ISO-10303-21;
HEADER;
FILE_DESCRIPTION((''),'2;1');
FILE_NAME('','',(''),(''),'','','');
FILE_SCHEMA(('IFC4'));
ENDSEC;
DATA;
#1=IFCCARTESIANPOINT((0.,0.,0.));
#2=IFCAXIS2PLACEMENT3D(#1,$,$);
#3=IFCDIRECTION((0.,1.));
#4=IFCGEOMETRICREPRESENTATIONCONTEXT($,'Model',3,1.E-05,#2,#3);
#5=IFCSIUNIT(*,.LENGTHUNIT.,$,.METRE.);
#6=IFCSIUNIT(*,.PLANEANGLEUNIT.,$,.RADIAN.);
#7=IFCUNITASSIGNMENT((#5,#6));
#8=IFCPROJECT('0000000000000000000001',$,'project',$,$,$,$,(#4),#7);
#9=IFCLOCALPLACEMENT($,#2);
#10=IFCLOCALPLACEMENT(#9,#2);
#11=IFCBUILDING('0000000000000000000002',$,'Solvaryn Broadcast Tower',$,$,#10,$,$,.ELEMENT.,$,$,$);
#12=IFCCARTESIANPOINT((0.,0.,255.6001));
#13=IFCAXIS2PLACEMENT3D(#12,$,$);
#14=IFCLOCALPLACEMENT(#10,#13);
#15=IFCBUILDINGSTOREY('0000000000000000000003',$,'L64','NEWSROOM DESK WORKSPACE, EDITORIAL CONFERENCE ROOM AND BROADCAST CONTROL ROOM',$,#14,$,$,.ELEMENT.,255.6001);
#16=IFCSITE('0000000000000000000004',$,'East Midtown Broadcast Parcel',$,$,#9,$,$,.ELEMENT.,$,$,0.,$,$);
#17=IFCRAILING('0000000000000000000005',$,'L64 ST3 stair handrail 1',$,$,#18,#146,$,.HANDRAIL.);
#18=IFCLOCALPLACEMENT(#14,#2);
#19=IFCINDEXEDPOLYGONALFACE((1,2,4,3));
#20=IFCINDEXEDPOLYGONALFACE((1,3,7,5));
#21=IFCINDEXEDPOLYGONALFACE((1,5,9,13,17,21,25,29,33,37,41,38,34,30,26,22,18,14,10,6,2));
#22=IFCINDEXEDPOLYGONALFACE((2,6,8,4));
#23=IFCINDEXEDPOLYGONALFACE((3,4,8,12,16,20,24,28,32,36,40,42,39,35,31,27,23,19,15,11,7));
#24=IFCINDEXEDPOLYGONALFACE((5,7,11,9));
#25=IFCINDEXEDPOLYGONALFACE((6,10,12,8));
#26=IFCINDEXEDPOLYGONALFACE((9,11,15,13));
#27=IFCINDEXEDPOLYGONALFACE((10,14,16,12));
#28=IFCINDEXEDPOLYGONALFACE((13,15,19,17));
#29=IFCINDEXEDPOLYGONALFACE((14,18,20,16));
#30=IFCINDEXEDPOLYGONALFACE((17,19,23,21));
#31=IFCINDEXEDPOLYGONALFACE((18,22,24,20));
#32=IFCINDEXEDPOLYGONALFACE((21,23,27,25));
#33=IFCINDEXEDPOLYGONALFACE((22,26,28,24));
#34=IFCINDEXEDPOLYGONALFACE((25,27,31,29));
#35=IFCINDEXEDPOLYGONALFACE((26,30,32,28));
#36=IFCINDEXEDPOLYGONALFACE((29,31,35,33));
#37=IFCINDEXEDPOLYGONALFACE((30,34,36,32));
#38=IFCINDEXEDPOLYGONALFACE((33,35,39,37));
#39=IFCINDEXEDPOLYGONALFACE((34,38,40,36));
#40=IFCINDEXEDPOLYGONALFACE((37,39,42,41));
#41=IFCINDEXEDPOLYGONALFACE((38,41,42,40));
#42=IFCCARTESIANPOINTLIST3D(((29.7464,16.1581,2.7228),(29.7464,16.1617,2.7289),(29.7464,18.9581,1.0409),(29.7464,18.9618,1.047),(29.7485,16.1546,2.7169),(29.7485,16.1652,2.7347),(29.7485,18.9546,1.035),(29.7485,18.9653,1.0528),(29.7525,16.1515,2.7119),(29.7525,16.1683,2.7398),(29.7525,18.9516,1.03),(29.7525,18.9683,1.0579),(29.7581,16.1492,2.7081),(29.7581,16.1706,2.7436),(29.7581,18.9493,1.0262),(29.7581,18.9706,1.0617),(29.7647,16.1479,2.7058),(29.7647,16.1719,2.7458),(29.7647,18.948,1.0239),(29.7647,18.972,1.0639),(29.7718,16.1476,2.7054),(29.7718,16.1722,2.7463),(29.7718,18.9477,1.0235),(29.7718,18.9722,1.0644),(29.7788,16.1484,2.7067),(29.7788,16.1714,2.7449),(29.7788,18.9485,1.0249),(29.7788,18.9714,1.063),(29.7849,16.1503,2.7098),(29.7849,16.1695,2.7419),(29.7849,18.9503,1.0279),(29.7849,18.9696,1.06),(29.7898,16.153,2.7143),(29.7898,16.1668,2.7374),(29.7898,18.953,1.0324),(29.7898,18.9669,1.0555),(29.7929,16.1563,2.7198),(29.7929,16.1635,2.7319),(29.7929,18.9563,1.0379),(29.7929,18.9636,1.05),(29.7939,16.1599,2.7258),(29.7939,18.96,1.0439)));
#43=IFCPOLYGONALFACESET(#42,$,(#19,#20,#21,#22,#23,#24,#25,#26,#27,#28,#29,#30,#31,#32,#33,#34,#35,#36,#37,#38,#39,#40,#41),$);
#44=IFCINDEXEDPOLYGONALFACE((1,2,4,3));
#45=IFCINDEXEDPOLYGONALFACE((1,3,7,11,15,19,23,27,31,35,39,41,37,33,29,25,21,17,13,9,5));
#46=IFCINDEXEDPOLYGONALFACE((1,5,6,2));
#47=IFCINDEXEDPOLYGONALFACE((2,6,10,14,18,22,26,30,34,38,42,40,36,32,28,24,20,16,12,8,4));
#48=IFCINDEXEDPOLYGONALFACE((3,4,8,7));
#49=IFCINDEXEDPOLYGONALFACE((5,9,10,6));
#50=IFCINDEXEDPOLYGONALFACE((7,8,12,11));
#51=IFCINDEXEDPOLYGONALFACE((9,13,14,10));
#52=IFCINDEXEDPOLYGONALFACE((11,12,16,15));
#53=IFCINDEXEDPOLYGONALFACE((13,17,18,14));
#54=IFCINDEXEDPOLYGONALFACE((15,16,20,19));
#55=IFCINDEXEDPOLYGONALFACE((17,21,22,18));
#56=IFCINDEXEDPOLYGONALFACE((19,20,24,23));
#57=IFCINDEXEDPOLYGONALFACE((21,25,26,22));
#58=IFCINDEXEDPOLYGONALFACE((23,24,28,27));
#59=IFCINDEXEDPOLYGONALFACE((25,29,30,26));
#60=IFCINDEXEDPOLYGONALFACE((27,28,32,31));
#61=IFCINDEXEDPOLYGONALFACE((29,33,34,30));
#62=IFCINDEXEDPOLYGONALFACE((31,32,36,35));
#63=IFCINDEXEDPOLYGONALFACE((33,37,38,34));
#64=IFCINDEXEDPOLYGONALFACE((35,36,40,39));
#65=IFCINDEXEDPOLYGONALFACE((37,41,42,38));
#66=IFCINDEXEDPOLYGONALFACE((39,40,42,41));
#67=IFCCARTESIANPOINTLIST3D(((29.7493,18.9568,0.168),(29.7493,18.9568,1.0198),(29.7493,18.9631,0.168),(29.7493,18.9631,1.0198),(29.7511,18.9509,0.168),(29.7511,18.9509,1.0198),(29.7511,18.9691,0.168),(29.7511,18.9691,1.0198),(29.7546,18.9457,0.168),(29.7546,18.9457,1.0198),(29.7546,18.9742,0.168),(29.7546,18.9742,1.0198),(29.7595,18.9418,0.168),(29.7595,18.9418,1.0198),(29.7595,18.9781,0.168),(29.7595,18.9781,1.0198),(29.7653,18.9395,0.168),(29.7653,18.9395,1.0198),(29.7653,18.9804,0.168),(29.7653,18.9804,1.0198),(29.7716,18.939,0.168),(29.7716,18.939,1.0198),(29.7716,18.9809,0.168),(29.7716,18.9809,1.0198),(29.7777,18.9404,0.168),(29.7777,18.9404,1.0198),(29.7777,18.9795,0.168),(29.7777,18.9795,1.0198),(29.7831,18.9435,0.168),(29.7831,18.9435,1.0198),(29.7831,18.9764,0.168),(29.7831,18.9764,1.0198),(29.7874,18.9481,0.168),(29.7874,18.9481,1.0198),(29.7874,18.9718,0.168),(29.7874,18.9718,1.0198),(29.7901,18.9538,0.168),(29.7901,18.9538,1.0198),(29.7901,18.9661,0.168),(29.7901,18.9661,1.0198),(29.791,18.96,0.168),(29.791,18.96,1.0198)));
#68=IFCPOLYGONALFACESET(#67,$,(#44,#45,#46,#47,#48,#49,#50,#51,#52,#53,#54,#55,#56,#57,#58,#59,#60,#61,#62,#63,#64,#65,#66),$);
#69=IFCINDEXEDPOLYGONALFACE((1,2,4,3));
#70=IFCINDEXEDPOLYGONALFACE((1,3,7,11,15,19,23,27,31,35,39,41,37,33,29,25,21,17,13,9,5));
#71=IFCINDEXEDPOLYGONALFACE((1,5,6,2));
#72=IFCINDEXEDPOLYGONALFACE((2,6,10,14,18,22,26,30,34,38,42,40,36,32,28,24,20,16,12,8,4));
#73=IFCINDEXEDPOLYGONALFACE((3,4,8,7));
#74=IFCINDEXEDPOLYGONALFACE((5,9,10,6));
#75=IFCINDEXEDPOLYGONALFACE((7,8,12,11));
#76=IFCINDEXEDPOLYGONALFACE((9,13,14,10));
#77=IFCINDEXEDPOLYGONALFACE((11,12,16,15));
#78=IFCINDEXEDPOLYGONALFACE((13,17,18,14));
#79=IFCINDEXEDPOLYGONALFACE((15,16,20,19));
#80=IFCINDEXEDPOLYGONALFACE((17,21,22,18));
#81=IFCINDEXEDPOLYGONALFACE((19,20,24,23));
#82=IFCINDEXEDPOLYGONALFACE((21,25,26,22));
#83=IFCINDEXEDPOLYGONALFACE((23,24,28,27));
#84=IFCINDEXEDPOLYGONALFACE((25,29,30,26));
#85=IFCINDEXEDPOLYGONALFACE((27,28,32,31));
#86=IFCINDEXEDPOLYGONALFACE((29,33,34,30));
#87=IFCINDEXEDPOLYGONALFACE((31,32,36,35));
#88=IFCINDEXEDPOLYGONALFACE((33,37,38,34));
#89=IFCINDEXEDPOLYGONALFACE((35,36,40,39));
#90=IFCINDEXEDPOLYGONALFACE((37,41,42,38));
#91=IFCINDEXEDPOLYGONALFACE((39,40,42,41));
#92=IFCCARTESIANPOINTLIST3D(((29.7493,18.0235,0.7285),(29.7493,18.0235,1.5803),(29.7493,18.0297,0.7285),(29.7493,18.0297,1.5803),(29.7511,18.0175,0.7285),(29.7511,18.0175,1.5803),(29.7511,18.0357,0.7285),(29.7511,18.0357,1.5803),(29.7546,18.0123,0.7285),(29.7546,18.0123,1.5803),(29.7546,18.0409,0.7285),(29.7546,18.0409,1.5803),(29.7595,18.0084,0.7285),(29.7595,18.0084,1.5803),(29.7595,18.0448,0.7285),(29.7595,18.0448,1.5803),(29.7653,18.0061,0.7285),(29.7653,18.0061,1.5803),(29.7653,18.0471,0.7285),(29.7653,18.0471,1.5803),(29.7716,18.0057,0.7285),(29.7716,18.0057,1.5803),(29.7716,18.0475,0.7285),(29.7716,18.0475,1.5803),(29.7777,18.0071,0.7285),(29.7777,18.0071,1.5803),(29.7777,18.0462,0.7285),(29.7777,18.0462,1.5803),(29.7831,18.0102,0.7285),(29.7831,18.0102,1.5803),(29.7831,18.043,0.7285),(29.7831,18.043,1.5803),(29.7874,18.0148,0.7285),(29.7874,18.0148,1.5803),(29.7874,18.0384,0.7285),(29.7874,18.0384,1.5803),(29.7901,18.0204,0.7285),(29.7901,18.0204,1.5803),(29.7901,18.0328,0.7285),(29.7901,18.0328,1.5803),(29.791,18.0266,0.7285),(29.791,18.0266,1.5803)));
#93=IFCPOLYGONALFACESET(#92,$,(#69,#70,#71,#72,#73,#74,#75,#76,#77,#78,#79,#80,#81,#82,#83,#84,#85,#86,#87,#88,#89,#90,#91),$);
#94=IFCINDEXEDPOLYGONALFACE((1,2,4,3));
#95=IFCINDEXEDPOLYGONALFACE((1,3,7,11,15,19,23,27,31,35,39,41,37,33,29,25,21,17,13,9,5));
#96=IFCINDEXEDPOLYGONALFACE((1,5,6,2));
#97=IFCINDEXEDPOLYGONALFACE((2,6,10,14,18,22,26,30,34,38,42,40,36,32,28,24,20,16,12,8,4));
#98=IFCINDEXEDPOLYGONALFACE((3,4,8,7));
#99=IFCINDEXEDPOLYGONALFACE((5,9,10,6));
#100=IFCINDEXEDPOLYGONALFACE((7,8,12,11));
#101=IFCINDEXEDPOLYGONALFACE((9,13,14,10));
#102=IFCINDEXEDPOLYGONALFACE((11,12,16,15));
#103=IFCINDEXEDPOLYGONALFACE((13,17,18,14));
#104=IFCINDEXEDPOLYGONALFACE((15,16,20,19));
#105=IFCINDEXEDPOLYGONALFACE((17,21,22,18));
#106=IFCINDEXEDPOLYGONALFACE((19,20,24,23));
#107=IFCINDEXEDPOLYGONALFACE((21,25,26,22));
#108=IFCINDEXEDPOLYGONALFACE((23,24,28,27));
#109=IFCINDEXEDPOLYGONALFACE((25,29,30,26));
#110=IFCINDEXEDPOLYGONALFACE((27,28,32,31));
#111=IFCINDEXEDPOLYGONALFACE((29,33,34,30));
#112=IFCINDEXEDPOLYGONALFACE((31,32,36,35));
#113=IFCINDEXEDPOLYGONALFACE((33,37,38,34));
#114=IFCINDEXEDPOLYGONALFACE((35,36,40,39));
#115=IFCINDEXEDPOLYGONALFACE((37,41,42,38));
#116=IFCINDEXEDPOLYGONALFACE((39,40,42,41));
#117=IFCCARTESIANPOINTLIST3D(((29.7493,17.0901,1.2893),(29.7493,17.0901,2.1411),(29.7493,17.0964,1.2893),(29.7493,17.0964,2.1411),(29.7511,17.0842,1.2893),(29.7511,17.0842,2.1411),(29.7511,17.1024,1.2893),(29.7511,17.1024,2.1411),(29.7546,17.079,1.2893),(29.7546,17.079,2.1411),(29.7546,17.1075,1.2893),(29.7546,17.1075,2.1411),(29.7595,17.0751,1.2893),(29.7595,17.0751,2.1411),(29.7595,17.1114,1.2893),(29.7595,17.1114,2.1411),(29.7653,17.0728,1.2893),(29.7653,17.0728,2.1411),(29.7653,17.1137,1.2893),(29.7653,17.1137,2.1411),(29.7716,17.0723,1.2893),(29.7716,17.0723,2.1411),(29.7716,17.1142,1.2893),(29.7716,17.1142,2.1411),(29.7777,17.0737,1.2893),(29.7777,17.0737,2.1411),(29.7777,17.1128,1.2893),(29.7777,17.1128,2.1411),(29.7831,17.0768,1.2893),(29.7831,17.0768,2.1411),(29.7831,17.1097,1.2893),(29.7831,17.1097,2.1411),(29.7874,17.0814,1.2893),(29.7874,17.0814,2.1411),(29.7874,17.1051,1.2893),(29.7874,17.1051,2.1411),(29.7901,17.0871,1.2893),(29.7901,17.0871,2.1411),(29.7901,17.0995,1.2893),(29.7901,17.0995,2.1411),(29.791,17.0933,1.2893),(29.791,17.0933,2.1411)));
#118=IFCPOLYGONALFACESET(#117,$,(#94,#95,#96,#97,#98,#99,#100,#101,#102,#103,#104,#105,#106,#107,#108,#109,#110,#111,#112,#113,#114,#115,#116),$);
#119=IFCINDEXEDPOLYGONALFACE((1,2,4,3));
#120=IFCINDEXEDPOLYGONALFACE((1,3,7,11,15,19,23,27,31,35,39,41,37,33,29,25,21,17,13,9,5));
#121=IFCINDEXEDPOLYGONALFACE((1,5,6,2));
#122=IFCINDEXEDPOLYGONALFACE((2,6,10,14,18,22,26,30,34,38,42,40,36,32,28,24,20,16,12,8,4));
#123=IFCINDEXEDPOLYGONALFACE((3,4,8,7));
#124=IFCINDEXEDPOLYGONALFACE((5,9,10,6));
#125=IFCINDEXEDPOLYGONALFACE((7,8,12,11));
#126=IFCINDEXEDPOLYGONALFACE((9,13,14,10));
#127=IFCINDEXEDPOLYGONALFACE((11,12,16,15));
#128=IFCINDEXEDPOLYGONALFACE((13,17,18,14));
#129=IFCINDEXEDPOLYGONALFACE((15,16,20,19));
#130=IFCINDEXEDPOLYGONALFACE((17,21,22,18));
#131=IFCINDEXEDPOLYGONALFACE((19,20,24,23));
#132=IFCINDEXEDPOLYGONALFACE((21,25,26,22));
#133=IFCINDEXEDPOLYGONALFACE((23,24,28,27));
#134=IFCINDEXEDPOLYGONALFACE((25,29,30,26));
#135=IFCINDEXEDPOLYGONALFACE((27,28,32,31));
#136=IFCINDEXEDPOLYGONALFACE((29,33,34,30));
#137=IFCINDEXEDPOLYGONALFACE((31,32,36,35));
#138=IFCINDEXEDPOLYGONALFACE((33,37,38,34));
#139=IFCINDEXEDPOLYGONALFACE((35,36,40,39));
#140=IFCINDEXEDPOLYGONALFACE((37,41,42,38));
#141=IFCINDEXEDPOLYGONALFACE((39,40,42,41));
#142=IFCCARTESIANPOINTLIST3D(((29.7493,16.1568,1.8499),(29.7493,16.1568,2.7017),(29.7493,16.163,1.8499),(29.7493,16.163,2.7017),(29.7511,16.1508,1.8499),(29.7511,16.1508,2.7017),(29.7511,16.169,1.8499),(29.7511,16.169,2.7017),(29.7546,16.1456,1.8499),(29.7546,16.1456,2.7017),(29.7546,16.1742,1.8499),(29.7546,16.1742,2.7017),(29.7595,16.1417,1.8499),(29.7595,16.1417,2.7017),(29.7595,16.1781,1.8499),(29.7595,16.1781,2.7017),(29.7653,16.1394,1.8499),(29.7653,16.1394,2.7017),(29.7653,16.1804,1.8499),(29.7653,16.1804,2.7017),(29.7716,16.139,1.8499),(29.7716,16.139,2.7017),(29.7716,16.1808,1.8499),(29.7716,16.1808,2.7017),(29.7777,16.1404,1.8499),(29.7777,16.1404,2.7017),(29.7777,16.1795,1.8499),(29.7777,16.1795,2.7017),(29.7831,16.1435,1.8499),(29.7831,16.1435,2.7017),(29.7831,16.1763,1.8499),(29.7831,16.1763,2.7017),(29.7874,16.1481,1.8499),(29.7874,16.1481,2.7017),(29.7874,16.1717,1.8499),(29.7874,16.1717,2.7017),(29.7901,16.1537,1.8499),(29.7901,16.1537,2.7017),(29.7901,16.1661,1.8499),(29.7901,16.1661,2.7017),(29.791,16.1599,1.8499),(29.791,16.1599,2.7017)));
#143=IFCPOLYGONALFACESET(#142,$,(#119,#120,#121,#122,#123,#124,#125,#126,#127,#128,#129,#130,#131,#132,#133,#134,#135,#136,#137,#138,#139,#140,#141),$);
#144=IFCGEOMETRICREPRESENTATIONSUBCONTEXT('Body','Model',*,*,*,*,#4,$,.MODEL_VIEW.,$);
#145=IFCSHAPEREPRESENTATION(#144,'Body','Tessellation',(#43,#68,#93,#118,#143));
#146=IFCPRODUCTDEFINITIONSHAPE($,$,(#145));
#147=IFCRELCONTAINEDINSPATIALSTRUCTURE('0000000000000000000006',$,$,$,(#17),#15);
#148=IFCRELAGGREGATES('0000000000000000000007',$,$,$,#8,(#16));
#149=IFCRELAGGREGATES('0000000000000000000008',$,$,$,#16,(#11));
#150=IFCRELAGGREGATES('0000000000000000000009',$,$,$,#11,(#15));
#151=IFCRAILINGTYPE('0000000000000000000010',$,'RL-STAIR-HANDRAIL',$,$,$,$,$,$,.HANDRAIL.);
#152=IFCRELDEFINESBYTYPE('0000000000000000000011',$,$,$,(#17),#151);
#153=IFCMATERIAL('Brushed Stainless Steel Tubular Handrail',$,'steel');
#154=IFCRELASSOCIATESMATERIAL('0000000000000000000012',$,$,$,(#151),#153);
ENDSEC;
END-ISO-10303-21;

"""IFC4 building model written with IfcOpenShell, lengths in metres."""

from ifc_helpers import new_model, si_unit, direction, frame, origin, origin_2d, place, context, subcontext, project, spatial, circle, extrude, material, type_object, element, save


model = new_model("IFC4")

# Units and contexts
model_context = context("Model", 3, precision=1e-05, world=origin(), true_north=direction((0.0, 1.0)))
body_context = subcontext(model_context, "Body", "Model", "MODEL_VIEW")
ifc_project = project(units=[si_unit("LENGTHUNIT", "METRE"), si_unit("PLANEANGLEUNIT", "RADIAN")], contexts=[model_context])

# Site, building, storey
site_placement = place(None, origin())
site = spatial("IfcSite", under=ifc_project, at=site_placement, Name="East Midtown Broadcast Parcel", CompositionType="ELEMENT", RefElevation=0.0)
building_placement = place(site_placement, origin())
building = spatial("IfcBuilding", under=site, at=building_placement, Name="Solvaryn Broadcast Tower", CompositionType="ELEMENT")
storey_placement = place(building_placement, frame((0.0, 0.0, 255.6001)))
storey = spatial("IfcBuildingStorey", under=building, at=storey_placement, Name="L64", Description="NEWSROOM DESK WORKSPACE, EDITORIAL CONFERENCE ROOM AND BROADCAST CONTROL ROOM", CompositionType="ELEMENT", Elevation=255.6001)

# Railing
ifc_material_1 = material(Name="Brushed Stainless Steel Tubular Handrail", Category="steel")
railing_type_1 = type_object("IfcRailingType", Name="RL-STAIR-HANDRAIL", PredefinedType="HANDRAIL", material=ifc_material_1)
railing_1_placement = place(storey_placement, frame((29.77, 18.96, 0.168)))
element("IfcRailing", 1, at=railing_1_placement, inside=storey, type_object=railing_type_1, Name="L64 ST3 stair handrail 1", PredefinedType="HANDRAIL", context=body_context, shape_type="SweptSolid", body=[
    extrude(circle(Radius=0.0239, at=origin_2d()), frame((0.0, 0.0, 0.876), z_axis=(0.0, -0.857242, 0.514913), x_axis=(1.0, 0.0, 0.0)), (0.0, 0.0, 1.0), 3.2664),
    extrude(circle(Radius=0.021, at=origin_2d()), origin(), (0.0, 0.0, 1.0), 0.8518),
    extrude(circle(Radius=0.021, at=origin_2d()), frame((0.0, -0.9333, 0.5605)), (0.0, 0.0, 1.0), 0.8518),
    extrude(circle(Radius=0.021, at=origin_2d()), frame((0.0, -1.8667, 1.1213)), (0.0, 0.0, 1.0), 0.8518),
    extrude(circle(Radius=0.021, at=origin_2d()), frame((0.0, -2.8, 1.6819)), (0.0, 0.0, 1.0), 0.8518),
])

save(model, "model.ifc")
